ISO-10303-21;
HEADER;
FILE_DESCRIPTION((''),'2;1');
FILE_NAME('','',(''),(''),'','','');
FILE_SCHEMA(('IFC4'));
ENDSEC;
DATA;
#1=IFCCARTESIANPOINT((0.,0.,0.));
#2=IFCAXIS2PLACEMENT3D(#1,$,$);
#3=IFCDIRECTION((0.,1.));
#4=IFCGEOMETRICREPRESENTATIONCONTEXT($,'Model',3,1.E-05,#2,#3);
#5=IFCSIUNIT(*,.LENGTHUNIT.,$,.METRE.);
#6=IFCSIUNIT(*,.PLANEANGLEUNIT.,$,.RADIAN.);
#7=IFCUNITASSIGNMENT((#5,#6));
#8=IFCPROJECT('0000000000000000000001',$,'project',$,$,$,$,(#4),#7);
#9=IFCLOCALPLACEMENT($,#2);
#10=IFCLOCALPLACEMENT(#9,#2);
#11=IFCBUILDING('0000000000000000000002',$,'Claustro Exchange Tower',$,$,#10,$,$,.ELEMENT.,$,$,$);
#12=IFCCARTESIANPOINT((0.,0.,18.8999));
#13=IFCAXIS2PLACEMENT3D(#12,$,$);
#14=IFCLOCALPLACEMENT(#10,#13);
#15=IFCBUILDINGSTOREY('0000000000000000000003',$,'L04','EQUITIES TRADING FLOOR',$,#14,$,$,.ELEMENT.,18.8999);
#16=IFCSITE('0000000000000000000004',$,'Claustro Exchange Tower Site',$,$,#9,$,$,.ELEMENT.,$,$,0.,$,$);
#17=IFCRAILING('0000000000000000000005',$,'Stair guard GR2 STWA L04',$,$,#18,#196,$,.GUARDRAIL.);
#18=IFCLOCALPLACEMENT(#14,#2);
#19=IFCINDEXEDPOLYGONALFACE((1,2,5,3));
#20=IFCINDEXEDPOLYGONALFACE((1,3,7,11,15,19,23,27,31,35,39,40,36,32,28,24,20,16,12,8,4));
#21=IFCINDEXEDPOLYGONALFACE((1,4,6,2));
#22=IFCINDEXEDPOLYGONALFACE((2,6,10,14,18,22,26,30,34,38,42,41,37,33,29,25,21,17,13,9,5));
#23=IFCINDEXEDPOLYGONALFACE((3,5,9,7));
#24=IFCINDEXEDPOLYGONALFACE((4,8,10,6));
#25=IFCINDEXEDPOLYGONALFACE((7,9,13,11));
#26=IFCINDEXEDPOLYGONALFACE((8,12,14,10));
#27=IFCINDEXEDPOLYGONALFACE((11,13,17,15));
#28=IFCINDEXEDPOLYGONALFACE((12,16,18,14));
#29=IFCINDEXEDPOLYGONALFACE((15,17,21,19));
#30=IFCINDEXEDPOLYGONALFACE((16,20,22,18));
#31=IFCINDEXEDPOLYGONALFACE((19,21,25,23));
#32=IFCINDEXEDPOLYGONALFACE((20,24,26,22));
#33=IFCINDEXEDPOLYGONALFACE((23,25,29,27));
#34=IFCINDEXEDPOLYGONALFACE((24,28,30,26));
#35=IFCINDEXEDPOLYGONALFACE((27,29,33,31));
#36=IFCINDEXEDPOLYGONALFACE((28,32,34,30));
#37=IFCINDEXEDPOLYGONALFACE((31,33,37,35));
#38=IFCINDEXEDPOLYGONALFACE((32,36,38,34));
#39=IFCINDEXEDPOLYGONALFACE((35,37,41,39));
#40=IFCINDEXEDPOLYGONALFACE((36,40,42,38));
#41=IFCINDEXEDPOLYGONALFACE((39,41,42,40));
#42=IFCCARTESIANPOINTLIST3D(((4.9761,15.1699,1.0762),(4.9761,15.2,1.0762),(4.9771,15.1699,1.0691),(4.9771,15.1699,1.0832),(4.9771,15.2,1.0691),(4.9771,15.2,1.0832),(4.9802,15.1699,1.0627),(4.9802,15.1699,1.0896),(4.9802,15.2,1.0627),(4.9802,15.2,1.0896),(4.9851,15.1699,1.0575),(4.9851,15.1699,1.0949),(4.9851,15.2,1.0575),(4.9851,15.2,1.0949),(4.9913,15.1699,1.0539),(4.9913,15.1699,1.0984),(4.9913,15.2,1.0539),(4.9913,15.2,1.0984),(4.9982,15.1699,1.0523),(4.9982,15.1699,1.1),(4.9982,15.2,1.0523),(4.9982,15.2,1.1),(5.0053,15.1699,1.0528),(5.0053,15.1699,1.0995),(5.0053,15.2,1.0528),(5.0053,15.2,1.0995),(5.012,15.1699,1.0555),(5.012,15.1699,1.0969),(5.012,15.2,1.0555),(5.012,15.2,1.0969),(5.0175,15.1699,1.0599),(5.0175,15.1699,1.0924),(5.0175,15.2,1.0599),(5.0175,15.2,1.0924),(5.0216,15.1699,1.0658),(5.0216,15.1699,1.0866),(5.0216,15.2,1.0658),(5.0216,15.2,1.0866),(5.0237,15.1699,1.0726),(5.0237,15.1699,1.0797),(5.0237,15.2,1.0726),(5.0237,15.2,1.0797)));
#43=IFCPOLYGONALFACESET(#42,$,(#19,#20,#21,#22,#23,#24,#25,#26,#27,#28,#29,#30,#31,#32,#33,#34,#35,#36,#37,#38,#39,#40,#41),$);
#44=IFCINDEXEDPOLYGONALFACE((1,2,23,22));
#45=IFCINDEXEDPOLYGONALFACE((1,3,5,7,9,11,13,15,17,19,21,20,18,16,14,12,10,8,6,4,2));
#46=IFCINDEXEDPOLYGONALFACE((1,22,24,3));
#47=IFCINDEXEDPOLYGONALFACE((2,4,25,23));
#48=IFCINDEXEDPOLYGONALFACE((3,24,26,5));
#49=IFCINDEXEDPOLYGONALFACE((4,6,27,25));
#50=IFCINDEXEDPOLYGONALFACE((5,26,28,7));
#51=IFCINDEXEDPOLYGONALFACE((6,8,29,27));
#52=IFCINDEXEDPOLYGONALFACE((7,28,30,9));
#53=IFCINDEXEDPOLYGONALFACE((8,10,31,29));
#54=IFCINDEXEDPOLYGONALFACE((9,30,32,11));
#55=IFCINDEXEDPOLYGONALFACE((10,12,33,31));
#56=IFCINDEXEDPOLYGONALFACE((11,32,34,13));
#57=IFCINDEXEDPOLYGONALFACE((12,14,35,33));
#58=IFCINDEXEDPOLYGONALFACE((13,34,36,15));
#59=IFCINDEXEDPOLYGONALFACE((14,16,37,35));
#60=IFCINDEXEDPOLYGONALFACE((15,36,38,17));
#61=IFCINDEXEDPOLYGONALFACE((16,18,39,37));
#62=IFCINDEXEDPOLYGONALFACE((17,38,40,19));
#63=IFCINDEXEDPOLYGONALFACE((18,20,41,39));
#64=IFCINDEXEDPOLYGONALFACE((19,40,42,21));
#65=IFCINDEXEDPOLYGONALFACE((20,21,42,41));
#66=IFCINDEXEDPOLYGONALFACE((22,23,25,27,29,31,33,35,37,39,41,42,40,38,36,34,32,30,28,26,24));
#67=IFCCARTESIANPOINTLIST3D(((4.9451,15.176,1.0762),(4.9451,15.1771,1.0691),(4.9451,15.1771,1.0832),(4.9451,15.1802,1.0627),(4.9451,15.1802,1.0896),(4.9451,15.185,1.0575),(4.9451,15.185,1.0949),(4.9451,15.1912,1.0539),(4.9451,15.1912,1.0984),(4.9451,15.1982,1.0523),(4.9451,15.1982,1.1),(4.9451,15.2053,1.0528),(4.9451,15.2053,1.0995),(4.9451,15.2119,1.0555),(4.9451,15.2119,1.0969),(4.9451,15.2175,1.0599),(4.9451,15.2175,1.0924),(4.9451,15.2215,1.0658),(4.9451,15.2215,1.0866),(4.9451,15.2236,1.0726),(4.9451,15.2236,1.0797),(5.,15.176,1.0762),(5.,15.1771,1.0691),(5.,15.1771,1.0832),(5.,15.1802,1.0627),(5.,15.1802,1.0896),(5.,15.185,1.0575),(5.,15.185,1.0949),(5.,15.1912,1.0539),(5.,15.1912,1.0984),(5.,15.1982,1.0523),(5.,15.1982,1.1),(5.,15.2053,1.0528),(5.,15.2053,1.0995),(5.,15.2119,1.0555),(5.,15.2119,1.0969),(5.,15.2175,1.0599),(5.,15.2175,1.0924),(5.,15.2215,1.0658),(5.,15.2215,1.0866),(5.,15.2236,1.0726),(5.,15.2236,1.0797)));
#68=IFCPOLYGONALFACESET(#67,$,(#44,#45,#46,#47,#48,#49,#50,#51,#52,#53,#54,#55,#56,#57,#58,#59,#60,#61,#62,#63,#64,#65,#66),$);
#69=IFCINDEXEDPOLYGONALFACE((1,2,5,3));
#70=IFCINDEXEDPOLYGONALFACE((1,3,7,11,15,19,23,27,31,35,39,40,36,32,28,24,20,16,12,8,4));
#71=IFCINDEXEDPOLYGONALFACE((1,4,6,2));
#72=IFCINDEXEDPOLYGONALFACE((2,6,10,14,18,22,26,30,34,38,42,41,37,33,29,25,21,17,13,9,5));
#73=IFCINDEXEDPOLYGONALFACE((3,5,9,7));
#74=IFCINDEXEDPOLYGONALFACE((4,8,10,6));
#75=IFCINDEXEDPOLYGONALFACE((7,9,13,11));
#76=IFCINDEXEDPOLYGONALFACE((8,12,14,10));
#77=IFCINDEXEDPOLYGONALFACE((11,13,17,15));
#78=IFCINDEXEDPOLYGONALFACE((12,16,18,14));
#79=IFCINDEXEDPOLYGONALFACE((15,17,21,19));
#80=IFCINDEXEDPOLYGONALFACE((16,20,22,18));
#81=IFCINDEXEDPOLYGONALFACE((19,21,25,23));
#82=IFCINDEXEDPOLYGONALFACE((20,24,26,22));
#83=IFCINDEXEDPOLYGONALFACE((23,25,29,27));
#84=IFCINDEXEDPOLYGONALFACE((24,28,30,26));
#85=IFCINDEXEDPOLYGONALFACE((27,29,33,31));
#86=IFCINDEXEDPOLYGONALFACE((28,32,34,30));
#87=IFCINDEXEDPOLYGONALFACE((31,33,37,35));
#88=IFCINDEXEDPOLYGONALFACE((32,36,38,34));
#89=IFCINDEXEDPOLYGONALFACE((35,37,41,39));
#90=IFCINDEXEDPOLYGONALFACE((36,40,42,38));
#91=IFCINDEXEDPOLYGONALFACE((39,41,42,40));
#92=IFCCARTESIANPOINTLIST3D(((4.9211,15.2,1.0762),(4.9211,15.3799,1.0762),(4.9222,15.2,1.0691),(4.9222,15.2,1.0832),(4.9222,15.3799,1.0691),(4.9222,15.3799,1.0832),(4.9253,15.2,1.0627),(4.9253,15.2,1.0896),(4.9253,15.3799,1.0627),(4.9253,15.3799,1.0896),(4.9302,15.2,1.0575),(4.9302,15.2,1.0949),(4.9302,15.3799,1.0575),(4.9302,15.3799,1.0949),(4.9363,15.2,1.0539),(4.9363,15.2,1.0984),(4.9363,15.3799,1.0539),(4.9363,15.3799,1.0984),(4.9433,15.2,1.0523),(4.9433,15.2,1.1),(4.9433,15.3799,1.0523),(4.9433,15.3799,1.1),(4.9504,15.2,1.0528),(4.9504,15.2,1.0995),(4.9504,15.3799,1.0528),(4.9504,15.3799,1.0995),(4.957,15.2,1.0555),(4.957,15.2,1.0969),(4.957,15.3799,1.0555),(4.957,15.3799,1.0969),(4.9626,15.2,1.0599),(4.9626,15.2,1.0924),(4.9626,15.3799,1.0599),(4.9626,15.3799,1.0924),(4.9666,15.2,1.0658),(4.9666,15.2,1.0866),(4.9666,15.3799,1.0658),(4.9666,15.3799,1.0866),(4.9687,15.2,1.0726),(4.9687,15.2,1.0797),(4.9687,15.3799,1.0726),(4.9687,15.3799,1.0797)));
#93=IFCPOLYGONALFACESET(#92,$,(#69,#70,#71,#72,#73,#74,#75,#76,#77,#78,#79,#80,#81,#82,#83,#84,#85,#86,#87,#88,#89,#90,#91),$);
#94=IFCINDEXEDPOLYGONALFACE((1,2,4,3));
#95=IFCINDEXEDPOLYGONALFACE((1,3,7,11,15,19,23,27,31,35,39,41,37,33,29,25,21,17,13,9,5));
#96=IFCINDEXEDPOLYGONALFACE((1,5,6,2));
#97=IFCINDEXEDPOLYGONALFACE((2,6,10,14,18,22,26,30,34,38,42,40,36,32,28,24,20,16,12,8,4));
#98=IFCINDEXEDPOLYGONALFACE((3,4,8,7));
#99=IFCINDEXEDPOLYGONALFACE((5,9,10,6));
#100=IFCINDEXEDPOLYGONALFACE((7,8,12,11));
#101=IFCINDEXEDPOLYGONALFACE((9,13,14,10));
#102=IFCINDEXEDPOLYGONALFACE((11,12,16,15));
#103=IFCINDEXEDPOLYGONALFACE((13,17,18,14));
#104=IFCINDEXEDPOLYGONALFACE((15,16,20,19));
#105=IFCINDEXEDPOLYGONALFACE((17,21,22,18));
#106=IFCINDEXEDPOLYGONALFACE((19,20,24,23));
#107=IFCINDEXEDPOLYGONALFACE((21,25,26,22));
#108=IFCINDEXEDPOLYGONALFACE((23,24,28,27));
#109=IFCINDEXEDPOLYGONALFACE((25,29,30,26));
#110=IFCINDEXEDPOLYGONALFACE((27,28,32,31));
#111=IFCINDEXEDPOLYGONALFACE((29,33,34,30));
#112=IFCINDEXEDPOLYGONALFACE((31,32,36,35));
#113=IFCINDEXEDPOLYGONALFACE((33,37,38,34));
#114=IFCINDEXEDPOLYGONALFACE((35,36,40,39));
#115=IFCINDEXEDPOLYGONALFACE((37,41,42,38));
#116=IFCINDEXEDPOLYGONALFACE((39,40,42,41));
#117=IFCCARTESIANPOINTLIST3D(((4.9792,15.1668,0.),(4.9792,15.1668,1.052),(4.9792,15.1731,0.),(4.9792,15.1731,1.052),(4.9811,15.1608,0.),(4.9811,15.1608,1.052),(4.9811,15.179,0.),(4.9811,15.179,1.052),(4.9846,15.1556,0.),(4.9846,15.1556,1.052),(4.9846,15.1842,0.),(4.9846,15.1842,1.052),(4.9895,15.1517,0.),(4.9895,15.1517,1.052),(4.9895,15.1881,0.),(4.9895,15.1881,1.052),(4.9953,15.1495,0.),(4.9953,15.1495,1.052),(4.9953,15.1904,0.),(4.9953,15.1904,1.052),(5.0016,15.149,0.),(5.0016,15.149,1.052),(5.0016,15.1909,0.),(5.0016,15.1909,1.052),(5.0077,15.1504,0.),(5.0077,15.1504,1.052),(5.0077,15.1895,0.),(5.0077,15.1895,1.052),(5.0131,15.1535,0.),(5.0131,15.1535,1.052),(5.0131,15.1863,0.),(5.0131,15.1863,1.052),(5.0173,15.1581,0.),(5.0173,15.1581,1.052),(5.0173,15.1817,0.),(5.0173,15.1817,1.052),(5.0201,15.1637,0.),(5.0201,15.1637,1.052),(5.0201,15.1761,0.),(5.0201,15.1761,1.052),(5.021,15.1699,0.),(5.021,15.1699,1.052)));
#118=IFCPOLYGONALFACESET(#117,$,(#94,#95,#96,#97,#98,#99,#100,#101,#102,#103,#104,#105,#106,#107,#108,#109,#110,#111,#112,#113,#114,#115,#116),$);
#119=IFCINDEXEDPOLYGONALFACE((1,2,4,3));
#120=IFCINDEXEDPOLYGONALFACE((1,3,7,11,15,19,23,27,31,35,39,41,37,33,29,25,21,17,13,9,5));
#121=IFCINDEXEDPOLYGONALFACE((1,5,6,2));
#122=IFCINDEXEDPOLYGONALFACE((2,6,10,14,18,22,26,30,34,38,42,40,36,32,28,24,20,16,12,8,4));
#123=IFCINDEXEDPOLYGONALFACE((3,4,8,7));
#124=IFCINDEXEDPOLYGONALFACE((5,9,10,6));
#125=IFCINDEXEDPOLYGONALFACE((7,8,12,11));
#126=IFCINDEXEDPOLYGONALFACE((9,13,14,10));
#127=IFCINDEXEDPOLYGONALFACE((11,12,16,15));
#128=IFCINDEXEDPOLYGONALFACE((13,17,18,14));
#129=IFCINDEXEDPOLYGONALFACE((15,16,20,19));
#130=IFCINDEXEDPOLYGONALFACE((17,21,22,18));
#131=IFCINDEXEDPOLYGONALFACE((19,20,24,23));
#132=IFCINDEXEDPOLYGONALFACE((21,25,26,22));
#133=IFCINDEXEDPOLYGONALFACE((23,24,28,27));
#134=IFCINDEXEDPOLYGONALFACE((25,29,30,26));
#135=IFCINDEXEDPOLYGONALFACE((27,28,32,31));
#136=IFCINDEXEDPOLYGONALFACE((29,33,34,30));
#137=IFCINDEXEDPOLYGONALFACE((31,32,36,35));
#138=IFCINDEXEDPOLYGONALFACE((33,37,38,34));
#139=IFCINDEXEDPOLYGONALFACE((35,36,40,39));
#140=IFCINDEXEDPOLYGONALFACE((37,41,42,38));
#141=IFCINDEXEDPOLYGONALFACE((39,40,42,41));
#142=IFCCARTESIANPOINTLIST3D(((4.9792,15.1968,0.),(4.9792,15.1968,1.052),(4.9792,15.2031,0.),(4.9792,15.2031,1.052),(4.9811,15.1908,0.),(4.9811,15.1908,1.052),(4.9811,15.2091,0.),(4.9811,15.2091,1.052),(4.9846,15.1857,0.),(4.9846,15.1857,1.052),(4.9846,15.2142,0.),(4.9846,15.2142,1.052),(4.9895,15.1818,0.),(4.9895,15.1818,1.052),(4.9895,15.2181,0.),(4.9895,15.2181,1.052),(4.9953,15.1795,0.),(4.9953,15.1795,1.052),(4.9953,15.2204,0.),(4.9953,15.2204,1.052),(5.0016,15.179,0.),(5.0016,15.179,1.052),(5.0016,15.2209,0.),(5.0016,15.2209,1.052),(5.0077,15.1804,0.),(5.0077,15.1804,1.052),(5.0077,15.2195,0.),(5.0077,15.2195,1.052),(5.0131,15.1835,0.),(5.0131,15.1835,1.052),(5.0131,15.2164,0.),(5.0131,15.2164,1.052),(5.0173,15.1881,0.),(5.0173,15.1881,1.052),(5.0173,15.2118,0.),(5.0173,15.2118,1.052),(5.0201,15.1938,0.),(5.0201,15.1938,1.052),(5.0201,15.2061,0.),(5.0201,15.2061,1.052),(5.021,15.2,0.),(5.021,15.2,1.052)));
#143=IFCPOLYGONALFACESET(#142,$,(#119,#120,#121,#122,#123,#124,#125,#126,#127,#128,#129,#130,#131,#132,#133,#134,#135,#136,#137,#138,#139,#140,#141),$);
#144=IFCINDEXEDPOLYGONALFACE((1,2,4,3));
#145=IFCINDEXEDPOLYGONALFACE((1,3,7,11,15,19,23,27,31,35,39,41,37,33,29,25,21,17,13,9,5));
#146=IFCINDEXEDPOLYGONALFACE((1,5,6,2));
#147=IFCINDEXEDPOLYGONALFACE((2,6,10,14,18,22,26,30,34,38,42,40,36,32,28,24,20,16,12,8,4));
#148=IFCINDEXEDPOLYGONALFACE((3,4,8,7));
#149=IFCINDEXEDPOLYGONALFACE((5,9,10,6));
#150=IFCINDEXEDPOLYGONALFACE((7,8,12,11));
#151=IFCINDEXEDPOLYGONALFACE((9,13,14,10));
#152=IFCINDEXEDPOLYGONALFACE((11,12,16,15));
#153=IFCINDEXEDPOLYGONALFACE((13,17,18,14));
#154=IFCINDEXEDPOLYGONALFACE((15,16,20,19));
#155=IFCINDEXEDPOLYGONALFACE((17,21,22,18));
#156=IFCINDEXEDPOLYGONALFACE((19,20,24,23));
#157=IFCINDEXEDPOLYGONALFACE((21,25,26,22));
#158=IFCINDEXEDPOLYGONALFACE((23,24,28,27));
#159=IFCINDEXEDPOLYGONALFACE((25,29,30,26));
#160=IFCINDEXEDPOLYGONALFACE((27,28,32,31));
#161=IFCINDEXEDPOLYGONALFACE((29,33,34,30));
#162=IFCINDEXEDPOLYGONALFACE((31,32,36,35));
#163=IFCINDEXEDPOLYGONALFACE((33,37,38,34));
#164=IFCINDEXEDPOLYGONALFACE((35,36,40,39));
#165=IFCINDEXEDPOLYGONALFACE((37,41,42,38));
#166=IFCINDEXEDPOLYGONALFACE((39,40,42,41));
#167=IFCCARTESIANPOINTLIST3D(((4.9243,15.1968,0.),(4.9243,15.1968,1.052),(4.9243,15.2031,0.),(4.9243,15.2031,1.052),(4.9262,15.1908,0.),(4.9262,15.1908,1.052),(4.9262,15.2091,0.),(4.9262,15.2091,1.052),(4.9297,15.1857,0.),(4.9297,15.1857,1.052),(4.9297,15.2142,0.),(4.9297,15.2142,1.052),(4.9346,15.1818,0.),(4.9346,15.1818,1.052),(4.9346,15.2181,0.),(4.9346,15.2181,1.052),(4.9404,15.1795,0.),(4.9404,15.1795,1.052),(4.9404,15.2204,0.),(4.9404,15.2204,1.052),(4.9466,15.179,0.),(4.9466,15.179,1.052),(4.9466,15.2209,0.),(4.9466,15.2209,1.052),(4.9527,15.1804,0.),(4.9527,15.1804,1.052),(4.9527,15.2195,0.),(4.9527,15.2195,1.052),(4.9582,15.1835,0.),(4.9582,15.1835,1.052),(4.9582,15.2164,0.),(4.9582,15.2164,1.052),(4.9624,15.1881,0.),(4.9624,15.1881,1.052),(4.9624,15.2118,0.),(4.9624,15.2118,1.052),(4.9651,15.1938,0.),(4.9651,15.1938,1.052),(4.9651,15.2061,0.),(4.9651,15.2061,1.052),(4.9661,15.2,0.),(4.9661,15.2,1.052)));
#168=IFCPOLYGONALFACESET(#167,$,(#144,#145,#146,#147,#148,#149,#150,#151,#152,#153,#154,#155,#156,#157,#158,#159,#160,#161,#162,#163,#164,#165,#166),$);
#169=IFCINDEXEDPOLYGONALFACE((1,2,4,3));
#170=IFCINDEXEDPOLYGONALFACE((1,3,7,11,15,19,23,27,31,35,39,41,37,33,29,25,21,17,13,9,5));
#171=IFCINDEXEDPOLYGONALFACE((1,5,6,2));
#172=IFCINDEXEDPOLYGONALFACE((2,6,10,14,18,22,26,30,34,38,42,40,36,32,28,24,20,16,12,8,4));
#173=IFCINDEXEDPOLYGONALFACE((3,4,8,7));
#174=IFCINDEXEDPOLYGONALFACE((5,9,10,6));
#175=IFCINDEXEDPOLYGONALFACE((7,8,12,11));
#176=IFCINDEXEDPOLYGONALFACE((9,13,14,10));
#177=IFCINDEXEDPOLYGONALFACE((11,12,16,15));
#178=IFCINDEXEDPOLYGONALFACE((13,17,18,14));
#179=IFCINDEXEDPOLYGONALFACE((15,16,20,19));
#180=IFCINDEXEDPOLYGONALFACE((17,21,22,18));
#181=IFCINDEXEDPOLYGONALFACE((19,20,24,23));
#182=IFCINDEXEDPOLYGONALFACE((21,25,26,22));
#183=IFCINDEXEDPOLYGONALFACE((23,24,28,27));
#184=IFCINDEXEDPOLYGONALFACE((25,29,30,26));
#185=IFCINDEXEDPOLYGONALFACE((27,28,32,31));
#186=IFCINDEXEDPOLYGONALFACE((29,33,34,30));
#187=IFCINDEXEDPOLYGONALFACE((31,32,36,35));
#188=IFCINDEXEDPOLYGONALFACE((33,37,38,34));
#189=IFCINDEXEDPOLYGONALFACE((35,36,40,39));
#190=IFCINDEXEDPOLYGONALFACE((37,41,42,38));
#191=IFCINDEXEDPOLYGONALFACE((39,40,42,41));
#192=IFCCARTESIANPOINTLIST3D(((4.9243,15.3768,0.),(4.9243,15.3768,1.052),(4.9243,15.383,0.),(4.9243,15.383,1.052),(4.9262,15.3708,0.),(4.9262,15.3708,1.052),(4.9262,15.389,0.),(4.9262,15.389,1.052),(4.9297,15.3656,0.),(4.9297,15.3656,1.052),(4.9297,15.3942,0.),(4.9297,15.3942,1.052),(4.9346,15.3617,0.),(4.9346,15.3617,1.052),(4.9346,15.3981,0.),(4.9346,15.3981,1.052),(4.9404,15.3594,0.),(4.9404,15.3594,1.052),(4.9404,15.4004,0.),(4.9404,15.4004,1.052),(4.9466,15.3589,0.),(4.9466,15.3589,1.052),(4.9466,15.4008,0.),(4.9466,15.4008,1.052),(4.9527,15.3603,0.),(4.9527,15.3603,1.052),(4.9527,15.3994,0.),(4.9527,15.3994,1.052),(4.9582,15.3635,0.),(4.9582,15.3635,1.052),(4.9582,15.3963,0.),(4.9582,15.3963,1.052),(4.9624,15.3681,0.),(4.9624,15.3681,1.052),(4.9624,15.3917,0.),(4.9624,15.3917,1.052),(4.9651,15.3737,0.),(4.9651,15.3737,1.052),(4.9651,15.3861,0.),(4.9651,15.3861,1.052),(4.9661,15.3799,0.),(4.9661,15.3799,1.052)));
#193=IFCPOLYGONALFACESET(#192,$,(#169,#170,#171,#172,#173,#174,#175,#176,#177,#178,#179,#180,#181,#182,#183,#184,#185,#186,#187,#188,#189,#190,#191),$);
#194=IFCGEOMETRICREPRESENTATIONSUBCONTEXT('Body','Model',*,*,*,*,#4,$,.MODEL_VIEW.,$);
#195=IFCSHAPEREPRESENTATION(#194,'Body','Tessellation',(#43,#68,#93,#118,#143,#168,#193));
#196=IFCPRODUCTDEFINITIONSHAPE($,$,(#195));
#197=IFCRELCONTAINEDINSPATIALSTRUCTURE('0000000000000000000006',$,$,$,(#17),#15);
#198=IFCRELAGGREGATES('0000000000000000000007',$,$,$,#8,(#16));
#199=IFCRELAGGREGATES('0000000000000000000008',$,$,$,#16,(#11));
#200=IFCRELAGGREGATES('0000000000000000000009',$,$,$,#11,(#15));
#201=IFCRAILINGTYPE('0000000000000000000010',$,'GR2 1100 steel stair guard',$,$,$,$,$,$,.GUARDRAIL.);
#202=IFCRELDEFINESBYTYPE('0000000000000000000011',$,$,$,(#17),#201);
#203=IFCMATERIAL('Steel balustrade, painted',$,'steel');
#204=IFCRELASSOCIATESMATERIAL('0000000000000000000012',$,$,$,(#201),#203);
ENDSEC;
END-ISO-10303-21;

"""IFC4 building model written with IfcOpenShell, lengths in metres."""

from ifc_helpers import new_model, si_unit, direction, frame, origin, origin_2d, place, context, subcontext, project, spatial, circle, extrude, material, type_object, element, save


model = new_model("IFC4")

# Units and contexts
model_context = context("Model", 3, precision=1e-05, world=origin(), true_north=direction((0.0, 1.0)))
body_context = subcontext(model_context, "Body", "Model", "MODEL_VIEW")
ifc_project = project(units=[si_unit("LENGTHUNIT", "METRE"), si_unit("PLANEANGLEUNIT", "RADIAN")], contexts=[model_context])

# Site, building, storey
site_placement = place(None, origin())
site = spatial("IfcSite", under=ifc_project, at=site_placement, Name="Claustro Exchange Tower Site", CompositionType="ELEMENT", RefElevation=0.0)
building_placement = place(site_placement, origin())
building = spatial("IfcBuilding", under=site, at=building_placement, Name="Claustro Exchange Tower", CompositionType="ELEMENT")
storey_placement = place(building_placement, frame((0.0, 0.0, 18.8999)))
storey = spatial("IfcBuildingStorey", under=building, at=storey_placement, Name="L04", Description="EQUITIES TRADING FLOOR", CompositionType="ELEMENT", Elevation=18.8999)

# Railing
ifc_material_1 = material(Name="Steel balustrade, painted", Category="steel")
railing_type_1 = type_object("IfcRailingType", Name="GR2 1100 steel stair guard", PredefinedType="GUARDRAIL", material=ifc_material_1)
railing_1_placement = place(storey_placement, frame((5.0, 15.1699, 0.0)))
element("IfcRailing", 1, at=railing_1_placement, inside=storey, type_object=railing_type_1, Name="Stair guard GR2 STWA L04", PredefinedType="GUARDRAIL", context=body_context, shape_type="SweptSolid", body=[
    extrude(circle(Radius=0.0239, at=origin_2d()), frame((0.0, 0.0, 1.0762), z_axis=(0.0, 1.0, 0.0), x_axis=(-1.0, 0.0, 0.0)), (0.0, 0.0, 1.0), 0.03),
    extrude(circle(Radius=0.0239, at=origin_2d()), frame((0.0, 0.03, 1.0762), z_axis=(-1.0, 0.0, 0.0), x_axis=(0.0, -1.0, 0.0)), (0.0, 0.0, 1.0), 0.0549),
    extrude(circle(Radius=0.0239, at=origin_2d()), frame((-0.0549, 0.03, 1.0762), z_axis=(0.0, 1.0, 0.0), x_axis=(-1.0, 0.0, 0.0)), (0.0, 0.0, 1.0), 0.1799),
    extrude(circle(Radius=0.021, at=origin_2d()), origin(), (0.0, 0.0, 1.0), 1.052),
    extrude(circle(Radius=0.021, at=origin_2d()), frame((0.0, 0.03, 0.0)), (0.0, 0.0, 1.0), 1.052),
    extrude(circle(Radius=0.021, at=origin_2d()), frame((-0.0549, 0.03, 0.0)), (0.0, 0.0, 1.0), 1.052),
    extrude(circle(Radius=0.021, at=origin_2d()), frame((-0.0549, 0.21, 0.0)), (0.0, 0.0, 1.0), 1.052),
])

save(model, "model.ifc")
